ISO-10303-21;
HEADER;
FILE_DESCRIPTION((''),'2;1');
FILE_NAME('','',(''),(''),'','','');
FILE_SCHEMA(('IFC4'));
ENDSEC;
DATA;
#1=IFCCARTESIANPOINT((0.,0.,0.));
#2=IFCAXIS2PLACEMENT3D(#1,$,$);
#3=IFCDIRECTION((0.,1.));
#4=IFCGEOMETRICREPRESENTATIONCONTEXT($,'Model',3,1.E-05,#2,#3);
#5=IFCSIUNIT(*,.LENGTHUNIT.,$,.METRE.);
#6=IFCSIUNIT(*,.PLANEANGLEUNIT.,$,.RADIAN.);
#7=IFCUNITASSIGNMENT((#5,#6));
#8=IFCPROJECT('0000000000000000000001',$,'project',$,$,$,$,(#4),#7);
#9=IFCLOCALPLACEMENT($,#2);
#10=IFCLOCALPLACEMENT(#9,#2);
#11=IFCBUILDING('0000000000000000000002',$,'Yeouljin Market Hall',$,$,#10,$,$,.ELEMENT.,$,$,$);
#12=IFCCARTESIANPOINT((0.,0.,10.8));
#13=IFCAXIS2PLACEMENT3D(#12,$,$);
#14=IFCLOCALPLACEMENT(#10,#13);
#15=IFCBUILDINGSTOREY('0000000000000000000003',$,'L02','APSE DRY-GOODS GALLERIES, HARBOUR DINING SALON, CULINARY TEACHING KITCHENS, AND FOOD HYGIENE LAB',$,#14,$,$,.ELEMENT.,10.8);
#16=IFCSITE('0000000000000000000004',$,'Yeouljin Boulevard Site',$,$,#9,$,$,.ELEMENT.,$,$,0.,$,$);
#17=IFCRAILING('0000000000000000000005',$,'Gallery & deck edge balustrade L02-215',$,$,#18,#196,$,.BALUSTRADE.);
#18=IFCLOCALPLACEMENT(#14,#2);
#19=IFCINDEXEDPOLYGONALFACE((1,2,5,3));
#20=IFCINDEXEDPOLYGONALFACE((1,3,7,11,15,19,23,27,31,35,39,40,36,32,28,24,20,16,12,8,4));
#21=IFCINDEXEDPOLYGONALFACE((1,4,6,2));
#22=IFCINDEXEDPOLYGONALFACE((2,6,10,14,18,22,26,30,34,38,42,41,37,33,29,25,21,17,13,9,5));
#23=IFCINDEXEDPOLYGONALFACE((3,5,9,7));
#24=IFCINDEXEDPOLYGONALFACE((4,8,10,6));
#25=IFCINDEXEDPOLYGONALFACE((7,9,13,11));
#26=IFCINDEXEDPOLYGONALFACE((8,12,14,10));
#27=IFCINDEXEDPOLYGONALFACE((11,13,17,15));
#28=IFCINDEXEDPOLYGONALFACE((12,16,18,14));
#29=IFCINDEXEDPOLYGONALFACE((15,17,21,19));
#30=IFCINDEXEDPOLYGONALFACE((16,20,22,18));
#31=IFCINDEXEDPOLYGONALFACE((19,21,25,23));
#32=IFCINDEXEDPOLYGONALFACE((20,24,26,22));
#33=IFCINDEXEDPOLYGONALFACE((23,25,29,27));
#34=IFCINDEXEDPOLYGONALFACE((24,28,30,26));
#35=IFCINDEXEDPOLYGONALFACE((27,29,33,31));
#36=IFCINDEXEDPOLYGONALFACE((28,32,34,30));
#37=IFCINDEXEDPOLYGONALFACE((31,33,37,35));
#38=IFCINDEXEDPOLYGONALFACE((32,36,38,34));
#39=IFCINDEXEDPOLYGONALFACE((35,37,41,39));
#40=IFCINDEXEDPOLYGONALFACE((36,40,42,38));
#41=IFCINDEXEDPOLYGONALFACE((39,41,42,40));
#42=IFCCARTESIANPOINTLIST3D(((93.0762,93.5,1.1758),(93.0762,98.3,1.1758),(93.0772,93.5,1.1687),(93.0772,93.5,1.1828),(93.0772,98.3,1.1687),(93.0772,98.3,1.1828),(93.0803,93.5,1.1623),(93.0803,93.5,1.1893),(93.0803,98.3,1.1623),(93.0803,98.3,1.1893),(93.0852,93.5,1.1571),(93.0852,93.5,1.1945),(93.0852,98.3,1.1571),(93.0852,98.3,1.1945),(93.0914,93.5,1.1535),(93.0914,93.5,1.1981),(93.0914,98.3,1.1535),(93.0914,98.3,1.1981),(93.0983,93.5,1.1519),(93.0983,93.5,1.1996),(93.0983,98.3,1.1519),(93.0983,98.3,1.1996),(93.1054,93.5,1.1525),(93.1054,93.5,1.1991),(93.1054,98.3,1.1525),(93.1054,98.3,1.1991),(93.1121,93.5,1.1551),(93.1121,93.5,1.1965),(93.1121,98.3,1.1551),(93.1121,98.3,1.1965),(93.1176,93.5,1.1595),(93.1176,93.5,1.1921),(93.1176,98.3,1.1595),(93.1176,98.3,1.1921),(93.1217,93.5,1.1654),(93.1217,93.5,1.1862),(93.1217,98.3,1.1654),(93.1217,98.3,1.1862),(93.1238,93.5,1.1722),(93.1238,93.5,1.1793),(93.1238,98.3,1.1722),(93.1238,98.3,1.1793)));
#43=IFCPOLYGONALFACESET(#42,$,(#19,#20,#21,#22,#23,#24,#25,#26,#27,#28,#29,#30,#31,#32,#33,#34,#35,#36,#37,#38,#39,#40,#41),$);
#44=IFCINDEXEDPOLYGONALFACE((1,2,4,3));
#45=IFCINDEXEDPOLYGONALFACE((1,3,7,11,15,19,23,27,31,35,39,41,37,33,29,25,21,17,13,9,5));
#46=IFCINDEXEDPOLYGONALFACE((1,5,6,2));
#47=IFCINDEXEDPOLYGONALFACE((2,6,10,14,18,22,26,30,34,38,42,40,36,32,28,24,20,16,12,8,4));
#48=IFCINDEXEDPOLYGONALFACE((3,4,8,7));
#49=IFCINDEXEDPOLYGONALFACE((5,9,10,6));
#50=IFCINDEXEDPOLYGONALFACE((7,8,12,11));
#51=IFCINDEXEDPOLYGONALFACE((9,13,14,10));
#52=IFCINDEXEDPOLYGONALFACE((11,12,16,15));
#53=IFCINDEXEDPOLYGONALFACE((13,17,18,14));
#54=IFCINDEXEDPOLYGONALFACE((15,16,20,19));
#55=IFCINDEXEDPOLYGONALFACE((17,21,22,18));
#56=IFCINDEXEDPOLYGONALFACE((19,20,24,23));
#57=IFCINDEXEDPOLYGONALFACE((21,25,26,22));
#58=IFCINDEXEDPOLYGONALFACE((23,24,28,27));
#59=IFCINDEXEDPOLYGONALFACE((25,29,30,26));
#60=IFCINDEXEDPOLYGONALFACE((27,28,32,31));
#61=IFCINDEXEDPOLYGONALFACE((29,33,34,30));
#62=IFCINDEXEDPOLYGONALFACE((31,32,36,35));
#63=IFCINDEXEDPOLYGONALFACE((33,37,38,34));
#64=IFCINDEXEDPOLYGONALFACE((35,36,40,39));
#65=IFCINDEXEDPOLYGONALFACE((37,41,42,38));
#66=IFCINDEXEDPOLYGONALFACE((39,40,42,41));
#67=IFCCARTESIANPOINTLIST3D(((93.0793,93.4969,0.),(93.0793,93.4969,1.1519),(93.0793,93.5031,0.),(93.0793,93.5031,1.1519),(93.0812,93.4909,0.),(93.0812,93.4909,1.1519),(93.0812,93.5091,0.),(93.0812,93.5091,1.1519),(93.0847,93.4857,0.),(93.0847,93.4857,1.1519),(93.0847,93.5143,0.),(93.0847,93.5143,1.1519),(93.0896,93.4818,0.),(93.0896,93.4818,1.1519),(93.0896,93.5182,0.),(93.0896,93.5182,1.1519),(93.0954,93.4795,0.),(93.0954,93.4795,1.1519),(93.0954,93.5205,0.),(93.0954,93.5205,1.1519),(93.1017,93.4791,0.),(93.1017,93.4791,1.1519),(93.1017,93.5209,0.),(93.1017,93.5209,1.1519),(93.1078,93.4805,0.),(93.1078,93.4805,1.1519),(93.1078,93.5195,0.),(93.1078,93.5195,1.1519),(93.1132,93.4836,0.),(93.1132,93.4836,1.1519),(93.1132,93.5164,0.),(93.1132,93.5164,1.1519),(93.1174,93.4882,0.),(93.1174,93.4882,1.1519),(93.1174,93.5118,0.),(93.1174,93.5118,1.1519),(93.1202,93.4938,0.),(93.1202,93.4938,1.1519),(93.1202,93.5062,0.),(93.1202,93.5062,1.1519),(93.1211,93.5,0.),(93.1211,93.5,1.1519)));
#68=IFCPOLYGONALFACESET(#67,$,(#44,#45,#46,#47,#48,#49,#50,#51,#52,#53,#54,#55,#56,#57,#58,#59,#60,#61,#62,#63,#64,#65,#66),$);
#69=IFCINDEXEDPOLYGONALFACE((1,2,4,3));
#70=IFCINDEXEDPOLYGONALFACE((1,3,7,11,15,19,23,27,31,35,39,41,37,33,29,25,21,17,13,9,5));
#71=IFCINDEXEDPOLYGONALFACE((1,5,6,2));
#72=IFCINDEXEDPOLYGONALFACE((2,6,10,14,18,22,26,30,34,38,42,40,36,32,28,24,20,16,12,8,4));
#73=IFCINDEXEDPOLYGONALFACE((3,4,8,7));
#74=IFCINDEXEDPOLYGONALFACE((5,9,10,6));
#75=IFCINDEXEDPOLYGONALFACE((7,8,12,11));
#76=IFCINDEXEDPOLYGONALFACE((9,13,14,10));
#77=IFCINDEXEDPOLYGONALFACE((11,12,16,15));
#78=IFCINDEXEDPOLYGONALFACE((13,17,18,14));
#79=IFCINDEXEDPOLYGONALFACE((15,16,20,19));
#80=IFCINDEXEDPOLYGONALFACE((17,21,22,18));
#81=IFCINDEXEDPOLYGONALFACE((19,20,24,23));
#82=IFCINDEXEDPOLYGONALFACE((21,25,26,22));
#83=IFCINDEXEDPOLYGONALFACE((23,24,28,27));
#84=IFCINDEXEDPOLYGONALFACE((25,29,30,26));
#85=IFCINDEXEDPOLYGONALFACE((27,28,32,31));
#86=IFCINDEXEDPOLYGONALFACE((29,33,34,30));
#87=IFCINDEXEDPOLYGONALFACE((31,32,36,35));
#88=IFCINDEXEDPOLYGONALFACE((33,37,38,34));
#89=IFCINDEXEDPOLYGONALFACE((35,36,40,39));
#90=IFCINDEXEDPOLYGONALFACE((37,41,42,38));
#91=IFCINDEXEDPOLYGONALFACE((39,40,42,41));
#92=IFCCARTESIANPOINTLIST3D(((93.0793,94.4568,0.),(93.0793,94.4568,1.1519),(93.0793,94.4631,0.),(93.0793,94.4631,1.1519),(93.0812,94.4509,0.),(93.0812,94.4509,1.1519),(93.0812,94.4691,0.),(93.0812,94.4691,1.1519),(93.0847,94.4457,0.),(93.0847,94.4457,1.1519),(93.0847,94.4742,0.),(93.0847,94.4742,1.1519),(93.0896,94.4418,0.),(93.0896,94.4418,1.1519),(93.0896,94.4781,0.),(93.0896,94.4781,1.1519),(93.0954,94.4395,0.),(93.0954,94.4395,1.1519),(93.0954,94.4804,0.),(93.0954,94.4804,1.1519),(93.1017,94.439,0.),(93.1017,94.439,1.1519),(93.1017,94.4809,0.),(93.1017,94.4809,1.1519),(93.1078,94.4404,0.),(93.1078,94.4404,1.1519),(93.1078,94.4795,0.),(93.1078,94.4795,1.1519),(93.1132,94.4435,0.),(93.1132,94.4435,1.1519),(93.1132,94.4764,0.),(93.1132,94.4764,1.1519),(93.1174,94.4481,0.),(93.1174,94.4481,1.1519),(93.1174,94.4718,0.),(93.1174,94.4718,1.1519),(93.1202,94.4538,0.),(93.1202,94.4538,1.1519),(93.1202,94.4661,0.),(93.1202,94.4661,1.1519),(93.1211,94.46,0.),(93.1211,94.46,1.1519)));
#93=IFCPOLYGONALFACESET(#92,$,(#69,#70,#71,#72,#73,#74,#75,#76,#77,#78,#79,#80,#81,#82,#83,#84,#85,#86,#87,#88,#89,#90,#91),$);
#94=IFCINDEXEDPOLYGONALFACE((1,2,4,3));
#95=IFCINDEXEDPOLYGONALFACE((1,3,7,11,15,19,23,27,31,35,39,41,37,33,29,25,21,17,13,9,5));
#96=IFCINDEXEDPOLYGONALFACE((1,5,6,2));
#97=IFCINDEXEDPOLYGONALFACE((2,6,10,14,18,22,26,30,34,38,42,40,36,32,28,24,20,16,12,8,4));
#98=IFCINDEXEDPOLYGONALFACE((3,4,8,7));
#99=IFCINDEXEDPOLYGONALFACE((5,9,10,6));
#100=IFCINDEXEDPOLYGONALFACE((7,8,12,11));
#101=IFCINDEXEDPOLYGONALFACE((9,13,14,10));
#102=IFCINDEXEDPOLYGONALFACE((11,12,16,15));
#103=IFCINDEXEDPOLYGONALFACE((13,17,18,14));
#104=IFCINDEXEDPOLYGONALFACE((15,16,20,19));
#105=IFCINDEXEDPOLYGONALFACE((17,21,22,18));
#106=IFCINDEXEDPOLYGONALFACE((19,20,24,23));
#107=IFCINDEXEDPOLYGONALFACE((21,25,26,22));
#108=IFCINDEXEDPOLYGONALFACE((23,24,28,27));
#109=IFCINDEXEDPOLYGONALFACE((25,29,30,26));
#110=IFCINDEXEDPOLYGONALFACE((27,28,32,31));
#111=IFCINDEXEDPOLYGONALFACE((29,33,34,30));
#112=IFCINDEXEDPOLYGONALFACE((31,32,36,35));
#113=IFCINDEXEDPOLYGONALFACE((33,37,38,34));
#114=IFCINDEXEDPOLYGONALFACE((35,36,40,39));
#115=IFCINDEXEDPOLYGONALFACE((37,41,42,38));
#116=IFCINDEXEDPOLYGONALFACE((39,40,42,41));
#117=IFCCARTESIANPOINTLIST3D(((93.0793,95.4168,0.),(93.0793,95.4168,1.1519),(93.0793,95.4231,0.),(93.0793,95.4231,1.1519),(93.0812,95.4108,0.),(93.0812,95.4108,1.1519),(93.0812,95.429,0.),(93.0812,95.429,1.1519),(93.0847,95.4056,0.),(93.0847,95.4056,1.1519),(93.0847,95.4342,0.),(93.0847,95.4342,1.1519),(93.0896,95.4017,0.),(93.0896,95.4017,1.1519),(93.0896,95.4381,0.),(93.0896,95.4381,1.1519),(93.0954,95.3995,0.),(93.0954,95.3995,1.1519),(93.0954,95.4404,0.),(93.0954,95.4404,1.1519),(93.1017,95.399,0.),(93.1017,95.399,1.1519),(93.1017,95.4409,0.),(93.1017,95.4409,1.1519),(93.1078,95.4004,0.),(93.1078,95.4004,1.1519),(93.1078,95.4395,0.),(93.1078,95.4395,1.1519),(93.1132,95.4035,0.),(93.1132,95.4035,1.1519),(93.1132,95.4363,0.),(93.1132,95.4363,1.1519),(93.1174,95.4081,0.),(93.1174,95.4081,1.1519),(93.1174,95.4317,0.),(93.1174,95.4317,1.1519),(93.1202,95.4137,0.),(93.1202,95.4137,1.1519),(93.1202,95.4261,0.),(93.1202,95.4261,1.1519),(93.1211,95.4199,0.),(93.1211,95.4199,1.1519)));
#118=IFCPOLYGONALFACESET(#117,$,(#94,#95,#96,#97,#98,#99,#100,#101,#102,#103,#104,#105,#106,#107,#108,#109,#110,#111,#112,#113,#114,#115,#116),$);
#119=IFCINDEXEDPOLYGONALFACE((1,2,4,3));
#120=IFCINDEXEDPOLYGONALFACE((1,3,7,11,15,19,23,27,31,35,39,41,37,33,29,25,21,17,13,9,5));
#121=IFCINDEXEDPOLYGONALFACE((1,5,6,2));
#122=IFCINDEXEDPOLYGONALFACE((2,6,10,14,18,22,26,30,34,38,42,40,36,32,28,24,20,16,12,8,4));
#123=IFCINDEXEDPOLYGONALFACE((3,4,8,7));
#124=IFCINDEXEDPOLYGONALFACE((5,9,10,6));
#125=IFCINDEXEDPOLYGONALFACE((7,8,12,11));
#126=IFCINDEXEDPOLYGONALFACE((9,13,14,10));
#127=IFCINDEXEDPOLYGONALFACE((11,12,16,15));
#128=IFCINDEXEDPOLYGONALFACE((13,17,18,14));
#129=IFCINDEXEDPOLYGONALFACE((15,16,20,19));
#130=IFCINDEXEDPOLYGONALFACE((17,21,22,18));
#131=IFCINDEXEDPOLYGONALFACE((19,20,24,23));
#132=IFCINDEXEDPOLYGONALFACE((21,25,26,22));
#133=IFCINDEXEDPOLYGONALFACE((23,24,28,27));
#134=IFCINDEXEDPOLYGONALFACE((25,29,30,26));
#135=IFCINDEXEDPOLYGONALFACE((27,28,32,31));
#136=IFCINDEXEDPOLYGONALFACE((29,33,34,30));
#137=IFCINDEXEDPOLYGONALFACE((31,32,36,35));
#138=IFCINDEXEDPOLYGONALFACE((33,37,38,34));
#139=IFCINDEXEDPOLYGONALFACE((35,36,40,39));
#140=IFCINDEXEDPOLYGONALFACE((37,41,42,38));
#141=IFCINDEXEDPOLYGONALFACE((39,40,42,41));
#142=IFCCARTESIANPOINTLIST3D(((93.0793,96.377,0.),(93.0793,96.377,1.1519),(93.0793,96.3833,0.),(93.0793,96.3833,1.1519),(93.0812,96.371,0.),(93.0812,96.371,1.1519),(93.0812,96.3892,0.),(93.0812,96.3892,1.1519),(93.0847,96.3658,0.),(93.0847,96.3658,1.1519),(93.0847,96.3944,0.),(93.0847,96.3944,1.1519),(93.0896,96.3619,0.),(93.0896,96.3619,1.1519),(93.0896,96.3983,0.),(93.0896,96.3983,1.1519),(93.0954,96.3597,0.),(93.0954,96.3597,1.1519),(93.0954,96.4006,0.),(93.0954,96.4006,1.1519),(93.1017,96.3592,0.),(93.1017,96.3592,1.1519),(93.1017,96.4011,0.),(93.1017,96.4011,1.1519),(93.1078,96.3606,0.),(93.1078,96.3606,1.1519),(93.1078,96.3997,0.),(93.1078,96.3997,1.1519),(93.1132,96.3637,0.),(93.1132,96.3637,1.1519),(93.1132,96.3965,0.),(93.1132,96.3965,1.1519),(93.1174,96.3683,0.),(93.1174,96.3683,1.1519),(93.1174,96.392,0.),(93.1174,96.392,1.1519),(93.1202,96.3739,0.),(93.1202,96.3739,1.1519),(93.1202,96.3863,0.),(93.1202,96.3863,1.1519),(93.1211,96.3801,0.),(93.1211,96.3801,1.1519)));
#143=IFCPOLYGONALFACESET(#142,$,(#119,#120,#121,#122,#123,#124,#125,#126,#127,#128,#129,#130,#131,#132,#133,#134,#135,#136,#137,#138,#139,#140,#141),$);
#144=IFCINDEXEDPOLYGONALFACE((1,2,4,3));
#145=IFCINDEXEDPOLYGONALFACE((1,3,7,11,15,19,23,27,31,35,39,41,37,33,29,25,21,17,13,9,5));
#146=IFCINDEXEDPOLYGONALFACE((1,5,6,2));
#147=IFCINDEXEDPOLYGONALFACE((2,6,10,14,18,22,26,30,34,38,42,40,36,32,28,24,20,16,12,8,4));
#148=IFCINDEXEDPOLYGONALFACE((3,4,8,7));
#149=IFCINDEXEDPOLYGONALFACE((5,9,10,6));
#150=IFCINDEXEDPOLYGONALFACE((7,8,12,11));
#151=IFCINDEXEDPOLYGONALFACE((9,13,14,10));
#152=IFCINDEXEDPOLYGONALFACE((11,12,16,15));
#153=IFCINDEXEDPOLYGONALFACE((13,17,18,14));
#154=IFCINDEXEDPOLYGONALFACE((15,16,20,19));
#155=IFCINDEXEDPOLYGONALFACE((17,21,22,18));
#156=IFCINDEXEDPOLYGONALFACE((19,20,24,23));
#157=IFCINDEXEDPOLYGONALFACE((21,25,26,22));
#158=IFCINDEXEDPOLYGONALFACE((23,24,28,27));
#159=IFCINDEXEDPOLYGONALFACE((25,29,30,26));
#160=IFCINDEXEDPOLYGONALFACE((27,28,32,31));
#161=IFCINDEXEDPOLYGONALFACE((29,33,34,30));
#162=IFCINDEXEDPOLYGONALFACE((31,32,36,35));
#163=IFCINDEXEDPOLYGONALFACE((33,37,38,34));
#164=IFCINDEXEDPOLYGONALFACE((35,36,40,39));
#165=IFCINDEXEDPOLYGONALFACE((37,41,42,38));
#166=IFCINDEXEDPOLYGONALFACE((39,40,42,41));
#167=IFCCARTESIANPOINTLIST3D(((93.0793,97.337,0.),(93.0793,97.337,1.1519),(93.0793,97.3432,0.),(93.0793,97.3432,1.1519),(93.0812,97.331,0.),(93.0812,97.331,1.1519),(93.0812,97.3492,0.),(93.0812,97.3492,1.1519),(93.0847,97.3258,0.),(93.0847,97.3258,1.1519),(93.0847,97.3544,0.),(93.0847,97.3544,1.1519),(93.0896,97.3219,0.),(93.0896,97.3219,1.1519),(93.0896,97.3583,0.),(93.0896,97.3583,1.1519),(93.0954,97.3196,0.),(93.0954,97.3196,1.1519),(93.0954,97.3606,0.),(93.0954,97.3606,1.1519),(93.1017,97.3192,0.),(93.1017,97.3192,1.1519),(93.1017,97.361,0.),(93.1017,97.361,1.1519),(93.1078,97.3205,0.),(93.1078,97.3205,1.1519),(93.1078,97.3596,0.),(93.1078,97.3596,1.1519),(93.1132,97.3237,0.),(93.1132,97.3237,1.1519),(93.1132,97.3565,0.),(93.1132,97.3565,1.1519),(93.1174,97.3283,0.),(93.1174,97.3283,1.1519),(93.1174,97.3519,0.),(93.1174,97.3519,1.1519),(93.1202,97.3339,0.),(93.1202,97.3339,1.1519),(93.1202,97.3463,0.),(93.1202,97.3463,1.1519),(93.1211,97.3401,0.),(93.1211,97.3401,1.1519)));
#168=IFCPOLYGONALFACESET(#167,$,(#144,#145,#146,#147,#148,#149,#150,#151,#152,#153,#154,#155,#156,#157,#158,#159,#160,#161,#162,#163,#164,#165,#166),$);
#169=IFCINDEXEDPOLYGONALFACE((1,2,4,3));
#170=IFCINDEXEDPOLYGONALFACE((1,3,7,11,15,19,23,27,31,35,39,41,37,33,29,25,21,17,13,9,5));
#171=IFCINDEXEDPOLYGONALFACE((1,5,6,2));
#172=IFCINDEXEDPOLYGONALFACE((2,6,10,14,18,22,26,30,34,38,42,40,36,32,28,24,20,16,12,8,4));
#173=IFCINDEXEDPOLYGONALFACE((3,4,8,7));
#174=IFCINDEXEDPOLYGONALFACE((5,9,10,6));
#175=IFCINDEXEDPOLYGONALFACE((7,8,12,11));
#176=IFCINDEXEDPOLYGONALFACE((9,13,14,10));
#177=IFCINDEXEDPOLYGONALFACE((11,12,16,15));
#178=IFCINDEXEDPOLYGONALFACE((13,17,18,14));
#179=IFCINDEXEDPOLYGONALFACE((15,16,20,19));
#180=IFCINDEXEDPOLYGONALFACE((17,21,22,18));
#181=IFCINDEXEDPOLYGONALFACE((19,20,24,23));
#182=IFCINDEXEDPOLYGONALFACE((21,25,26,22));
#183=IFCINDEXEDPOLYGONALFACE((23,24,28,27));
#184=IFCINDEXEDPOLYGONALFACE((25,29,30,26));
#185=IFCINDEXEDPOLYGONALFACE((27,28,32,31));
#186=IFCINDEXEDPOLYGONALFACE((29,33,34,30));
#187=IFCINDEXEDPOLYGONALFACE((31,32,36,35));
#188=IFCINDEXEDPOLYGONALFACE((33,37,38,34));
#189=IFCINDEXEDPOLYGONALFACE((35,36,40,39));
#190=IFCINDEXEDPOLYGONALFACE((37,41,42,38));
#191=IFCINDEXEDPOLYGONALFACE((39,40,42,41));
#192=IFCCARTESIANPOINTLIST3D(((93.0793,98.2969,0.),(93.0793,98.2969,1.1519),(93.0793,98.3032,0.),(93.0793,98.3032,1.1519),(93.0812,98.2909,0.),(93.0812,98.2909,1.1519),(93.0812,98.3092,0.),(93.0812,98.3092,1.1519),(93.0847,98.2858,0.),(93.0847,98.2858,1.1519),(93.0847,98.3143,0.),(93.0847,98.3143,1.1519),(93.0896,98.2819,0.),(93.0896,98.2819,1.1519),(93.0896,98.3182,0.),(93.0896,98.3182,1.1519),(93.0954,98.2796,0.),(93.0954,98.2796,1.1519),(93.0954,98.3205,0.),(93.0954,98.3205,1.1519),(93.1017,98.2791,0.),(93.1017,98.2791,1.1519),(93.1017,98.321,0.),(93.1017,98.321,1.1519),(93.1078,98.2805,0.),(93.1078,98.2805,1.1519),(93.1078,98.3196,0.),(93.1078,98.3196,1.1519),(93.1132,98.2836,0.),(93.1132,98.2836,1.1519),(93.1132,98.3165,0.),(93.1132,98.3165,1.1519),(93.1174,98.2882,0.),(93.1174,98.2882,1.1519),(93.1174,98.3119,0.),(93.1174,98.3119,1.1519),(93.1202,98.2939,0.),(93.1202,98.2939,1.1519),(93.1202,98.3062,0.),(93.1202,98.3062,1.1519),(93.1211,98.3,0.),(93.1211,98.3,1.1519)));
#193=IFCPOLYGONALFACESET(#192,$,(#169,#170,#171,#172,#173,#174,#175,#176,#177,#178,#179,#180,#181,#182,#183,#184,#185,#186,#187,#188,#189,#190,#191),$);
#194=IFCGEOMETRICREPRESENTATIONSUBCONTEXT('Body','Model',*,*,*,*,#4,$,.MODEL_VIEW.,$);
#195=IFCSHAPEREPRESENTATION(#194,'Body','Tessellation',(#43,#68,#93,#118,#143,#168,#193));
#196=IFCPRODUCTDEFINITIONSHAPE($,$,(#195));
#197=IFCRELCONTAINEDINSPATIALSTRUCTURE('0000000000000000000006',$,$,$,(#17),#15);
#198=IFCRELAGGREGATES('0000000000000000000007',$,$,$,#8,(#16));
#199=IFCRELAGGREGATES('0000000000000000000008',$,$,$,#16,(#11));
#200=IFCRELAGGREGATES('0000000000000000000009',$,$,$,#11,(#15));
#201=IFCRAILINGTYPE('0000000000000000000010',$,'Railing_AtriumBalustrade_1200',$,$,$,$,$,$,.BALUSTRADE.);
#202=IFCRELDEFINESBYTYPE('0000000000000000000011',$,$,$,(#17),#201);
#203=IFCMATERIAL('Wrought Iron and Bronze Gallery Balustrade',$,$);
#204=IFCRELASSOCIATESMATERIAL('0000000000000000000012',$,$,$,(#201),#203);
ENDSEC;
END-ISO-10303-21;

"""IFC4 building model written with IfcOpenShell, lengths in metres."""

from ifc_helpers import new_model, si_unit, direction, frame, origin, origin_2d, place, context, subcontext, project, spatial, circle, extrude, material, type_object, element, save


model = new_model("IFC4")

# Units and contexts
model_context = context("Model", 3, precision=1e-05, world=origin(), true_north=direction((0.0, 1.0)))
body_context = subcontext(model_context, "Body", "Model", "MODEL_VIEW")
ifc_project = project(units=[si_unit("LENGTHUNIT", "METRE"), si_unit("PLANEANGLEUNIT", "RADIAN")], contexts=[model_context])

# Site, building, storey
site_placement = place(None, origin())
site = spatial("IfcSite", under=ifc_project, at=site_placement, Name="Yeouljin Boulevard Site", CompositionType="ELEMENT", RefElevation=0.0)
building_placement = place(site_placement, origin())
building = spatial("IfcBuilding", under=site, at=building_placement, Name="Yeouljin Market Hall", CompositionType="ELEMENT")
storey_placement = place(building_placement, frame((0.0, 0.0, 10.8)))
storey = spatial("IfcBuildingStorey", under=building, at=storey_placement, Name="L02", Description="APSE DRY-GOODS GALLERIES, HARBOUR DINING SALON, CULINARY TEACHING KITCHENS, AND FOOD HYGIENE LAB", CompositionType="ELEMENT", Elevation=10.8)

# Railing
ifc_material_1 = material(Name="Wrought Iron and Bronze Gallery Balustrade")
railing_type = type_object("IfcRailingType", Name="Railing_AtriumBalustrade_1200", PredefinedType="BALUSTRADE", material=ifc_material_1)
railing_1_placement = place(storey_placement, frame((93.1001, 93.5, 0.0)))
element("IfcRailing", 1, at=railing_1_placement, inside=storey, type_object=railing_type, Name="Gallery & deck edge balustrade L02-215", PredefinedType="BALUSTRADE", context=body_context, shape_type="SweptSolid", body=[
    extrude(circle(Radius=0.0239, at=origin_2d()), frame((0.0, 0.0, 1.1758), z_axis=(0.0, 1.0, 0.0), x_axis=(-1.0, 0.0, 0.0)), (0.0, 0.0, 1.0), 4.8),
    extrude(circle(Radius=0.021, at=origin_2d()), origin(), (0.0, 0.0, 1.0), 1.1519),
    extrude(circle(Radius=0.021, at=origin_2d()), frame((0.0, 0.96, 0.0)), (0.0, 0.0, 1.0), 1.1519),
    extrude(circle(Radius=0.021, at=origin_2d()), frame((0.0, 1.9199, 0.0)), (0.0, 0.0, 1.0), 1.1519),
    extrude(circle(Radius=0.021, at=origin_2d()), frame((0.0, 2.8801, 0.0)), (0.0, 0.0, 1.0), 1.1519),
    extrude(circle(Radius=0.021, at=origin_2d()), frame((0.0, 3.8401, 0.0)), (0.0, 0.0, 1.0), 1.1519),
    extrude(circle(Radius=0.021, at=origin_2d()), frame((0.0, 4.8, 0.0)), (0.0, 0.0, 1.0), 1.1519),
])

save(model, "model.ifc")
